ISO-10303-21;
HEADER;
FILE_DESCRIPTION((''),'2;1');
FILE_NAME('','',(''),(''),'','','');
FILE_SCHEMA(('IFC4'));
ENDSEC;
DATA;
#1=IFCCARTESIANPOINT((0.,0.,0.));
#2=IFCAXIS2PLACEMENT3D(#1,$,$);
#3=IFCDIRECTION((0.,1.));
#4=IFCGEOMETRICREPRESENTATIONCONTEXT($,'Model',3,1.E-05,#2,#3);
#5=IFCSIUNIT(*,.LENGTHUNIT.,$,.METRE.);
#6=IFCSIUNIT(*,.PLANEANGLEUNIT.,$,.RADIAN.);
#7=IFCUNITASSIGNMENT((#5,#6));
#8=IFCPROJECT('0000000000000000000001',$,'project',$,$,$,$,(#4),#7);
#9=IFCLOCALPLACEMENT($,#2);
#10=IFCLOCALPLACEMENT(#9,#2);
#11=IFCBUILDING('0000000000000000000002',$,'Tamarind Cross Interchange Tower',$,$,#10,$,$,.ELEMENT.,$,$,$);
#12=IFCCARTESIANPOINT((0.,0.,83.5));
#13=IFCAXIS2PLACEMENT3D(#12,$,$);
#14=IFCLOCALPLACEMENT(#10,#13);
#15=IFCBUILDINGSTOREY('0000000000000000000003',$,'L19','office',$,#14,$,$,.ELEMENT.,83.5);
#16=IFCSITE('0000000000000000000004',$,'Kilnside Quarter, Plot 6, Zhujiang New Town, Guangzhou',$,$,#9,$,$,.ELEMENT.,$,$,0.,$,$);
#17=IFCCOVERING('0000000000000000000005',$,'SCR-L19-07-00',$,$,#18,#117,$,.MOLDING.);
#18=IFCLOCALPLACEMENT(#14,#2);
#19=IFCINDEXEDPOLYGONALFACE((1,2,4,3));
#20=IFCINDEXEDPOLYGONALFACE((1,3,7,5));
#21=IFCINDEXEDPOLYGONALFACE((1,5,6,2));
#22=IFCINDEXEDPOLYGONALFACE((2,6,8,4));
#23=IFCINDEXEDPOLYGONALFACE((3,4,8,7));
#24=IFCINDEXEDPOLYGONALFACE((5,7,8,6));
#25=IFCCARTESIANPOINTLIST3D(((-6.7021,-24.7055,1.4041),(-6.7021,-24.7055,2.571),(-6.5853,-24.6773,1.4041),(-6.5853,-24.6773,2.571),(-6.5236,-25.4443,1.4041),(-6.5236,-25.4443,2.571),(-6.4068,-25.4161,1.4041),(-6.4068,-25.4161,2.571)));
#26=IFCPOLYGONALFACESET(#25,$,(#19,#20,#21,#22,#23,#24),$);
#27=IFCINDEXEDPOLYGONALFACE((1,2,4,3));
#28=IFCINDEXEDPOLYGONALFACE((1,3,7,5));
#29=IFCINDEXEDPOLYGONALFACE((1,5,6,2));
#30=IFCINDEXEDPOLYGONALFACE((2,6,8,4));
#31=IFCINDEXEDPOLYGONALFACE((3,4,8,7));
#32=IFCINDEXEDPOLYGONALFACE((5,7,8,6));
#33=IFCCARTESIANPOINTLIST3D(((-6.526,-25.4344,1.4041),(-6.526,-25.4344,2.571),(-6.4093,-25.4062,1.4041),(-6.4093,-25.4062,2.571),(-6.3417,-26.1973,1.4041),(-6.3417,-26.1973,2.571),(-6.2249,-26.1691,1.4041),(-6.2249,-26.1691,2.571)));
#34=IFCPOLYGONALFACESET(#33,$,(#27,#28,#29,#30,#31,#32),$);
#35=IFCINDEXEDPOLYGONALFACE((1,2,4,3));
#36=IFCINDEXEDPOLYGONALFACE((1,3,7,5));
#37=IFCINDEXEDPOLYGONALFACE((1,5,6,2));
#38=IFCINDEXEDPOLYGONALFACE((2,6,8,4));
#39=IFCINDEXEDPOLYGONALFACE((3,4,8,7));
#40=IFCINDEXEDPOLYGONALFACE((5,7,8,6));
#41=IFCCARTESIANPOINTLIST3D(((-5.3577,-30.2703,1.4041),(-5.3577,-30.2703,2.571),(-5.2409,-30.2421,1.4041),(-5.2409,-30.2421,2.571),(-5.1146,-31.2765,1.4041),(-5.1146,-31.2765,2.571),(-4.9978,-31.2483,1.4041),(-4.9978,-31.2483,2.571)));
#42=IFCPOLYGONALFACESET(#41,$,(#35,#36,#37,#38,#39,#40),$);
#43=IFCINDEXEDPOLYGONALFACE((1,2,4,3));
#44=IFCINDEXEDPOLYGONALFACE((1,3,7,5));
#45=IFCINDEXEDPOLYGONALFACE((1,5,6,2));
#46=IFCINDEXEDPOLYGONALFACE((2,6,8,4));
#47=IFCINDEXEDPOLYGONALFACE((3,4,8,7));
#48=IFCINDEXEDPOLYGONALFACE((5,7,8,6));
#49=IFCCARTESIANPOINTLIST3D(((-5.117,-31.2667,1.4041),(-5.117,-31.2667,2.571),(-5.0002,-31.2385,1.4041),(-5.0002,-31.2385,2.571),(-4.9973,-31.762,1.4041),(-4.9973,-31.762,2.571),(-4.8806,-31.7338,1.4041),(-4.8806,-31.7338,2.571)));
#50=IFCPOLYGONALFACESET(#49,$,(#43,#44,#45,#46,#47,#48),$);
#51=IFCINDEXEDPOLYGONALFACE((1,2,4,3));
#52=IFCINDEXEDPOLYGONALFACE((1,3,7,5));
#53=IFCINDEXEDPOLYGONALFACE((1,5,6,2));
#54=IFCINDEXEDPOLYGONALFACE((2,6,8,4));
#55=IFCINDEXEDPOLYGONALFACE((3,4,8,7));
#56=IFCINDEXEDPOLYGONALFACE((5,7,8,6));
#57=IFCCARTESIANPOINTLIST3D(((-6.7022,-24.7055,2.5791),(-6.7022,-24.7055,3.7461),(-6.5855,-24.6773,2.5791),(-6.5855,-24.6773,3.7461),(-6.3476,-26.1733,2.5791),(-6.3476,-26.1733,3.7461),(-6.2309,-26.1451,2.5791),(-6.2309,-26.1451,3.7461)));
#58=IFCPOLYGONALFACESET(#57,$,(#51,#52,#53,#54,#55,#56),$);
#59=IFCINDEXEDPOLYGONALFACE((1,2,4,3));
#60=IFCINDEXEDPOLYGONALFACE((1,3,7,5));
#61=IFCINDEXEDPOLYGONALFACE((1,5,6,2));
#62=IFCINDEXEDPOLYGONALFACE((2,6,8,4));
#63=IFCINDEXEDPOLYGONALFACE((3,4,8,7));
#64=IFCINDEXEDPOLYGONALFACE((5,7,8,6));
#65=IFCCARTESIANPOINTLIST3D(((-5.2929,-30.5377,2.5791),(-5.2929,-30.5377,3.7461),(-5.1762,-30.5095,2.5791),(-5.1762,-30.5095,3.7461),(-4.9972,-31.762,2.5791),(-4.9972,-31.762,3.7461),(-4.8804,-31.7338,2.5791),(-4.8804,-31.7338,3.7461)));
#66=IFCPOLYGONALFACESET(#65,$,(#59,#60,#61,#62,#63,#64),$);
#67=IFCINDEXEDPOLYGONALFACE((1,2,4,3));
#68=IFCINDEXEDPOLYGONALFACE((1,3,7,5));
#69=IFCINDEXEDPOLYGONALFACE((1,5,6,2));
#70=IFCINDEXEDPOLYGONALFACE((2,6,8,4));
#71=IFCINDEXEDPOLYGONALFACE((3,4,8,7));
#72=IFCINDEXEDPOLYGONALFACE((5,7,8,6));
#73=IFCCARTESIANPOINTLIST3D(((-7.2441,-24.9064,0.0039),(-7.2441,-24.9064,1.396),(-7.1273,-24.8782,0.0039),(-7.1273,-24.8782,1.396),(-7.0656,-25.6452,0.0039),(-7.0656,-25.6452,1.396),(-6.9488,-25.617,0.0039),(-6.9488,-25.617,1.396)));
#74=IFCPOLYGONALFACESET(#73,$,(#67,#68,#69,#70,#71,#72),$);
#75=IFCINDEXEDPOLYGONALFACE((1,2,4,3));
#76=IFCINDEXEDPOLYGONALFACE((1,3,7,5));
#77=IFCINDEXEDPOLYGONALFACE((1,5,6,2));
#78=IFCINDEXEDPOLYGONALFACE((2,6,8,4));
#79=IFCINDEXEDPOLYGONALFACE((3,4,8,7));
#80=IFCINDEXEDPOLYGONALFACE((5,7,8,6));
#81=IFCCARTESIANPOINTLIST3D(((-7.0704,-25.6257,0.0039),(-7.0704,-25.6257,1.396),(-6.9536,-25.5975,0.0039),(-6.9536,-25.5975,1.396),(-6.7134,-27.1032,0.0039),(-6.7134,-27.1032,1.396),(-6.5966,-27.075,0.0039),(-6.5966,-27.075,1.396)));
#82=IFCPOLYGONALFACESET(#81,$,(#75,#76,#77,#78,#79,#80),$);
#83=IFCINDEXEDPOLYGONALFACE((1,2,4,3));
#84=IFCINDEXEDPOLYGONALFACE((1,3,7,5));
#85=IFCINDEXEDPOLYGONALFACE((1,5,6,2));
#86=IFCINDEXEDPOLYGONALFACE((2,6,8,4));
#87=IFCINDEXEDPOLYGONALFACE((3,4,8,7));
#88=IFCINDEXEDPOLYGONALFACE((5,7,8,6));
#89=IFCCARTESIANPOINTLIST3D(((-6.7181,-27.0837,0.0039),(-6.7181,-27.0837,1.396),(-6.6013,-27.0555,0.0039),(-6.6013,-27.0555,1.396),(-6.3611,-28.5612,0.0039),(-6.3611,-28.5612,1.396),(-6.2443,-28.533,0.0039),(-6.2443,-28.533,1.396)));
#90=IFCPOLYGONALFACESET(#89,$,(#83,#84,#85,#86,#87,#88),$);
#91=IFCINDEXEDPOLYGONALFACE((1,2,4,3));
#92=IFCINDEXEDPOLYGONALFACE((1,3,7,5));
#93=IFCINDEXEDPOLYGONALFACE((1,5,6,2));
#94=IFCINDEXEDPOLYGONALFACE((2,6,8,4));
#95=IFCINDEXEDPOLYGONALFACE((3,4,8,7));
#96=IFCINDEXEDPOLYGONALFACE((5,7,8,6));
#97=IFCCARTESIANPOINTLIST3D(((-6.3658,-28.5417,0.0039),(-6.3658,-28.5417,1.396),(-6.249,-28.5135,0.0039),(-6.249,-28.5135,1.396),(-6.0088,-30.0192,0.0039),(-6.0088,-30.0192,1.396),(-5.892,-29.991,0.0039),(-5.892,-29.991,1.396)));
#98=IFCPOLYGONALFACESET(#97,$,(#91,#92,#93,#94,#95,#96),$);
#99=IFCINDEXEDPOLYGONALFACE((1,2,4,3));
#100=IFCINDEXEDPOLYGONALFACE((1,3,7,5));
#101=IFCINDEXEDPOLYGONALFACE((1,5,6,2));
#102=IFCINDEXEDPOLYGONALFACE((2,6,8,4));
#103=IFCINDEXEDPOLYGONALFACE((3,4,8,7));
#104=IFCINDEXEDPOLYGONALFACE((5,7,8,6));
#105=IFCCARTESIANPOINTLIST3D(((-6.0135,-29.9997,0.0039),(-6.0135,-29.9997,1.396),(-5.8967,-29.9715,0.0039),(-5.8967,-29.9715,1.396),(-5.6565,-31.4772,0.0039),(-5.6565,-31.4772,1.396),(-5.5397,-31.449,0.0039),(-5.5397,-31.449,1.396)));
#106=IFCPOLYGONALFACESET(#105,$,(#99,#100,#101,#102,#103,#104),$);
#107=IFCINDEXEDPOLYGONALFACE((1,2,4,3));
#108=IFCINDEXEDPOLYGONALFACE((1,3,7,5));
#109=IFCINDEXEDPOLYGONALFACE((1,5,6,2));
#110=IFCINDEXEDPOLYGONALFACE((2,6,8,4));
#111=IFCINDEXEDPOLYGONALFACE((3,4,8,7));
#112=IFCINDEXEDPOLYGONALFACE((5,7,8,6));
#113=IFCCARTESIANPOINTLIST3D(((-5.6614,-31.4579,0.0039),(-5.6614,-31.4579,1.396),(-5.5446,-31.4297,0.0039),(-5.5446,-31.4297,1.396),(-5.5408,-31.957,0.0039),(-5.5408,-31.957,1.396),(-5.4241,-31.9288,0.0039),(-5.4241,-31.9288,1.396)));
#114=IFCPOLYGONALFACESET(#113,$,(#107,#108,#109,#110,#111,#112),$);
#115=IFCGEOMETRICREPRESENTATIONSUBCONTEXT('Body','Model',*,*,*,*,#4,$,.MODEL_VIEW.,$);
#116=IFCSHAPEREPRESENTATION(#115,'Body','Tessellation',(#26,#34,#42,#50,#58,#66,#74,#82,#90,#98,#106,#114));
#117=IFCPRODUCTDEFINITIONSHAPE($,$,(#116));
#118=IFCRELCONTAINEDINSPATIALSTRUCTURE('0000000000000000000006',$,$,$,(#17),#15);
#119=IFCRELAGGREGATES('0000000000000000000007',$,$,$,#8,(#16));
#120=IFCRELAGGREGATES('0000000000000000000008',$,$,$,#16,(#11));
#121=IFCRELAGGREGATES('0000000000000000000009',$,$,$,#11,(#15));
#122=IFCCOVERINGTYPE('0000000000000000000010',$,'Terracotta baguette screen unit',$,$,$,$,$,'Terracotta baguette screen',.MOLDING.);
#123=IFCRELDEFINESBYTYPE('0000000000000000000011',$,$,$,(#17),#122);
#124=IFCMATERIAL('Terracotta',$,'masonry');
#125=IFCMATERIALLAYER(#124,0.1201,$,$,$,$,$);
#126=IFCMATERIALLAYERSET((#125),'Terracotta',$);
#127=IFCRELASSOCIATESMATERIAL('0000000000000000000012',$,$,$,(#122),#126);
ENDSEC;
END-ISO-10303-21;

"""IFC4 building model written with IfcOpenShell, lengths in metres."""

from ifc_helpers import new_model, si_unit, direction, frame, origin, origin_2d, place, context, subcontext, project, spatial, rectangle, extrude, material, layer, layer_set, type_object, element, save


model = new_model("IFC4")

# Units and contexts
model_context = context("Model", 3, precision=1e-05, world=origin(), true_north=direction((0.0, 1.0)))
body_context = subcontext(model_context, "Body", "Model", "MODEL_VIEW")
ifc_project = project(units=[si_unit("LENGTHUNIT", "METRE"), si_unit("PLANEANGLEUNIT", "RADIAN")], contexts=[model_context])

# Site, building, storey
site_placement = place(None, origin())
site = spatial("IfcSite", under=ifc_project, at=site_placement, Name="Kilnside Quarter, Plot 6, Zhujiang New Town, Guangzhou", CompositionType="ELEMENT", RefElevation=0.0)
building_placement = place(site_placement, origin())
building = spatial("IfcBuilding", under=site, at=building_placement, Name="Tamarind Cross Interchange Tower", CompositionType="ELEMENT")
storey_placement = place(building_placement, frame((0.0, 0.0, 83.5)))
storey = spatial("IfcBuildingStorey", under=building, at=storey_placement, Name="L19", Description="office", CompositionType="ELEMENT", Elevation=83.5)

# Covering
ifc_material_1 = material(Name="Terracotta", Category="masonry")
ifc_layer_1 = layer(ifc_material_1, 0.1201)
ifc_layer_set_1 = layer_set([ifc_layer_1], Name="Terracotta")
covering_type = type_object("IfcCoveringType", Name="Terracotta baguette screen unit", ElementType="Terracotta baguette screen", PredefinedType="MOLDING", material=ifc_layer_set_1)
covering_1_placement = place(storey_placement, origin())
element("IfcCovering", 1, at=covering_1_placement, inside=storey, type_object=covering_type, Name="SCR-L19-07-00", PredefinedType="MOLDING", context=body_context, shape_type="SweptSolid", body=[
    extrude(rectangle(XDim=0.76, YDim=0.1201, at=origin_2d()), frame((-6.5544, -25.0608, 1.4041), z_axis=(0.0, 0.0, 1.0), x_axis=(0.234844, -0.972033, 0.0)), (0.0, 0.0, 1.0), 1.167),
    extrude(rectangle(XDim=0.7849, YDim=0.1201, at=origin_2d()), frame((-6.3755, -25.8018, 1.4041), z_axis=(0.0, 0.0, 1.0), x_axis=(0.234844, -0.972033, 0.0)), (0.0, 0.0, 1.0), 1.167),
    extrude(rectangle(XDim=1.0352, YDim=0.1201, at=origin_2d()), frame((-5.1777, -30.7593, 1.4041), z_axis=(0.0, 0.0, 1.0), x_axis=(0.234844, -0.972033, 0.0)), (0.0, 0.0, 1.0), 1.167),
    extrude(rectangle(XDim=0.5095, YDim=0.1201, at=origin_2d()), frame((-4.9988, -31.5002, 1.4041), z_axis=(0.0, 0.0, 1.0), x_axis=(0.234844, -0.972033, 0.0)), (0.0, 0.0, 1.0), 1.167),
    extrude(rectangle(XDim=1.51, YDim=0.1201, at=origin_2d()), frame((-6.4666, -25.4253, 2.5791), z_axis=(0.0, 0.0, 1.0), x_axis=(0.234844, -0.972033, 0.0)), (0.0, 0.0, 1.0), 1.167),
    extrude(rectangle(XDim=1.2595, YDim=0.1201, at=origin_2d()), frame((-5.0867, -31.1357, 2.5791), z_axis=(0.0, 0.0, 1.0), x_axis=(0.234844, -0.972033, 0.0)), (0.0, 0.0, 1.0), 1.167),
    extrude(rectangle(XDim=0.76, YDim=0.1201, at=origin_2d()), frame((-7.0964, -25.2617, 0.0039), z_axis=(0.0, 0.0, 1.0), x_axis=(0.234844, -0.972033, 0.0)), (0.0, 0.0, 1.0), 1.3921),
    extrude(rectangle(XDim=1.52, YDim=0.1201, at=origin_2d()), frame((-6.8335, -26.3503, 0.0039), z_axis=(0.0, 0.0, 1.0), x_axis=(0.234844, -0.972033, 0.0)), (0.0, 0.0, 1.0), 1.3921),
    extrude(rectangle(XDim=1.52, YDim=0.1201, at=origin_2d()), frame((-6.4812, -27.8083, 0.0039), z_axis=(0.0, 0.0, 1.0), x_axis=(0.234844, -0.972033, 0.0)), (0.0, 0.0, 1.0), 1.3921),
    extrude(rectangle(XDim=1.52, YDim=0.1201, at=origin_2d()), frame((-6.1289, -29.2664, 0.0039), z_axis=(0.0, 0.0, 1.0), x_axis=(0.234844, -0.972033, 0.0)), (0.0, 0.0, 1.0), 1.3921),
    extrude(rectangle(XDim=1.52, YDim=0.1201, at=origin_2d()), frame((-5.7766, -30.7244, 0.0039), z_axis=(0.0, 0.0, 1.0), x_axis=(0.234844, -0.972033, 0.0)), (0.0, 0.0, 1.0), 1.3921),
    extrude(rectangle(XDim=0.5134, YDim=0.1201, at=origin_2d()), frame((-5.5427, -31.6934, 0.0039), z_axis=(0.0, 0.0, 1.0), x_axis=(0.234844, -0.972033, 0.0)), (0.0, 0.0, 1.0), 1.3921),
])

save(model, "model.ifc")
